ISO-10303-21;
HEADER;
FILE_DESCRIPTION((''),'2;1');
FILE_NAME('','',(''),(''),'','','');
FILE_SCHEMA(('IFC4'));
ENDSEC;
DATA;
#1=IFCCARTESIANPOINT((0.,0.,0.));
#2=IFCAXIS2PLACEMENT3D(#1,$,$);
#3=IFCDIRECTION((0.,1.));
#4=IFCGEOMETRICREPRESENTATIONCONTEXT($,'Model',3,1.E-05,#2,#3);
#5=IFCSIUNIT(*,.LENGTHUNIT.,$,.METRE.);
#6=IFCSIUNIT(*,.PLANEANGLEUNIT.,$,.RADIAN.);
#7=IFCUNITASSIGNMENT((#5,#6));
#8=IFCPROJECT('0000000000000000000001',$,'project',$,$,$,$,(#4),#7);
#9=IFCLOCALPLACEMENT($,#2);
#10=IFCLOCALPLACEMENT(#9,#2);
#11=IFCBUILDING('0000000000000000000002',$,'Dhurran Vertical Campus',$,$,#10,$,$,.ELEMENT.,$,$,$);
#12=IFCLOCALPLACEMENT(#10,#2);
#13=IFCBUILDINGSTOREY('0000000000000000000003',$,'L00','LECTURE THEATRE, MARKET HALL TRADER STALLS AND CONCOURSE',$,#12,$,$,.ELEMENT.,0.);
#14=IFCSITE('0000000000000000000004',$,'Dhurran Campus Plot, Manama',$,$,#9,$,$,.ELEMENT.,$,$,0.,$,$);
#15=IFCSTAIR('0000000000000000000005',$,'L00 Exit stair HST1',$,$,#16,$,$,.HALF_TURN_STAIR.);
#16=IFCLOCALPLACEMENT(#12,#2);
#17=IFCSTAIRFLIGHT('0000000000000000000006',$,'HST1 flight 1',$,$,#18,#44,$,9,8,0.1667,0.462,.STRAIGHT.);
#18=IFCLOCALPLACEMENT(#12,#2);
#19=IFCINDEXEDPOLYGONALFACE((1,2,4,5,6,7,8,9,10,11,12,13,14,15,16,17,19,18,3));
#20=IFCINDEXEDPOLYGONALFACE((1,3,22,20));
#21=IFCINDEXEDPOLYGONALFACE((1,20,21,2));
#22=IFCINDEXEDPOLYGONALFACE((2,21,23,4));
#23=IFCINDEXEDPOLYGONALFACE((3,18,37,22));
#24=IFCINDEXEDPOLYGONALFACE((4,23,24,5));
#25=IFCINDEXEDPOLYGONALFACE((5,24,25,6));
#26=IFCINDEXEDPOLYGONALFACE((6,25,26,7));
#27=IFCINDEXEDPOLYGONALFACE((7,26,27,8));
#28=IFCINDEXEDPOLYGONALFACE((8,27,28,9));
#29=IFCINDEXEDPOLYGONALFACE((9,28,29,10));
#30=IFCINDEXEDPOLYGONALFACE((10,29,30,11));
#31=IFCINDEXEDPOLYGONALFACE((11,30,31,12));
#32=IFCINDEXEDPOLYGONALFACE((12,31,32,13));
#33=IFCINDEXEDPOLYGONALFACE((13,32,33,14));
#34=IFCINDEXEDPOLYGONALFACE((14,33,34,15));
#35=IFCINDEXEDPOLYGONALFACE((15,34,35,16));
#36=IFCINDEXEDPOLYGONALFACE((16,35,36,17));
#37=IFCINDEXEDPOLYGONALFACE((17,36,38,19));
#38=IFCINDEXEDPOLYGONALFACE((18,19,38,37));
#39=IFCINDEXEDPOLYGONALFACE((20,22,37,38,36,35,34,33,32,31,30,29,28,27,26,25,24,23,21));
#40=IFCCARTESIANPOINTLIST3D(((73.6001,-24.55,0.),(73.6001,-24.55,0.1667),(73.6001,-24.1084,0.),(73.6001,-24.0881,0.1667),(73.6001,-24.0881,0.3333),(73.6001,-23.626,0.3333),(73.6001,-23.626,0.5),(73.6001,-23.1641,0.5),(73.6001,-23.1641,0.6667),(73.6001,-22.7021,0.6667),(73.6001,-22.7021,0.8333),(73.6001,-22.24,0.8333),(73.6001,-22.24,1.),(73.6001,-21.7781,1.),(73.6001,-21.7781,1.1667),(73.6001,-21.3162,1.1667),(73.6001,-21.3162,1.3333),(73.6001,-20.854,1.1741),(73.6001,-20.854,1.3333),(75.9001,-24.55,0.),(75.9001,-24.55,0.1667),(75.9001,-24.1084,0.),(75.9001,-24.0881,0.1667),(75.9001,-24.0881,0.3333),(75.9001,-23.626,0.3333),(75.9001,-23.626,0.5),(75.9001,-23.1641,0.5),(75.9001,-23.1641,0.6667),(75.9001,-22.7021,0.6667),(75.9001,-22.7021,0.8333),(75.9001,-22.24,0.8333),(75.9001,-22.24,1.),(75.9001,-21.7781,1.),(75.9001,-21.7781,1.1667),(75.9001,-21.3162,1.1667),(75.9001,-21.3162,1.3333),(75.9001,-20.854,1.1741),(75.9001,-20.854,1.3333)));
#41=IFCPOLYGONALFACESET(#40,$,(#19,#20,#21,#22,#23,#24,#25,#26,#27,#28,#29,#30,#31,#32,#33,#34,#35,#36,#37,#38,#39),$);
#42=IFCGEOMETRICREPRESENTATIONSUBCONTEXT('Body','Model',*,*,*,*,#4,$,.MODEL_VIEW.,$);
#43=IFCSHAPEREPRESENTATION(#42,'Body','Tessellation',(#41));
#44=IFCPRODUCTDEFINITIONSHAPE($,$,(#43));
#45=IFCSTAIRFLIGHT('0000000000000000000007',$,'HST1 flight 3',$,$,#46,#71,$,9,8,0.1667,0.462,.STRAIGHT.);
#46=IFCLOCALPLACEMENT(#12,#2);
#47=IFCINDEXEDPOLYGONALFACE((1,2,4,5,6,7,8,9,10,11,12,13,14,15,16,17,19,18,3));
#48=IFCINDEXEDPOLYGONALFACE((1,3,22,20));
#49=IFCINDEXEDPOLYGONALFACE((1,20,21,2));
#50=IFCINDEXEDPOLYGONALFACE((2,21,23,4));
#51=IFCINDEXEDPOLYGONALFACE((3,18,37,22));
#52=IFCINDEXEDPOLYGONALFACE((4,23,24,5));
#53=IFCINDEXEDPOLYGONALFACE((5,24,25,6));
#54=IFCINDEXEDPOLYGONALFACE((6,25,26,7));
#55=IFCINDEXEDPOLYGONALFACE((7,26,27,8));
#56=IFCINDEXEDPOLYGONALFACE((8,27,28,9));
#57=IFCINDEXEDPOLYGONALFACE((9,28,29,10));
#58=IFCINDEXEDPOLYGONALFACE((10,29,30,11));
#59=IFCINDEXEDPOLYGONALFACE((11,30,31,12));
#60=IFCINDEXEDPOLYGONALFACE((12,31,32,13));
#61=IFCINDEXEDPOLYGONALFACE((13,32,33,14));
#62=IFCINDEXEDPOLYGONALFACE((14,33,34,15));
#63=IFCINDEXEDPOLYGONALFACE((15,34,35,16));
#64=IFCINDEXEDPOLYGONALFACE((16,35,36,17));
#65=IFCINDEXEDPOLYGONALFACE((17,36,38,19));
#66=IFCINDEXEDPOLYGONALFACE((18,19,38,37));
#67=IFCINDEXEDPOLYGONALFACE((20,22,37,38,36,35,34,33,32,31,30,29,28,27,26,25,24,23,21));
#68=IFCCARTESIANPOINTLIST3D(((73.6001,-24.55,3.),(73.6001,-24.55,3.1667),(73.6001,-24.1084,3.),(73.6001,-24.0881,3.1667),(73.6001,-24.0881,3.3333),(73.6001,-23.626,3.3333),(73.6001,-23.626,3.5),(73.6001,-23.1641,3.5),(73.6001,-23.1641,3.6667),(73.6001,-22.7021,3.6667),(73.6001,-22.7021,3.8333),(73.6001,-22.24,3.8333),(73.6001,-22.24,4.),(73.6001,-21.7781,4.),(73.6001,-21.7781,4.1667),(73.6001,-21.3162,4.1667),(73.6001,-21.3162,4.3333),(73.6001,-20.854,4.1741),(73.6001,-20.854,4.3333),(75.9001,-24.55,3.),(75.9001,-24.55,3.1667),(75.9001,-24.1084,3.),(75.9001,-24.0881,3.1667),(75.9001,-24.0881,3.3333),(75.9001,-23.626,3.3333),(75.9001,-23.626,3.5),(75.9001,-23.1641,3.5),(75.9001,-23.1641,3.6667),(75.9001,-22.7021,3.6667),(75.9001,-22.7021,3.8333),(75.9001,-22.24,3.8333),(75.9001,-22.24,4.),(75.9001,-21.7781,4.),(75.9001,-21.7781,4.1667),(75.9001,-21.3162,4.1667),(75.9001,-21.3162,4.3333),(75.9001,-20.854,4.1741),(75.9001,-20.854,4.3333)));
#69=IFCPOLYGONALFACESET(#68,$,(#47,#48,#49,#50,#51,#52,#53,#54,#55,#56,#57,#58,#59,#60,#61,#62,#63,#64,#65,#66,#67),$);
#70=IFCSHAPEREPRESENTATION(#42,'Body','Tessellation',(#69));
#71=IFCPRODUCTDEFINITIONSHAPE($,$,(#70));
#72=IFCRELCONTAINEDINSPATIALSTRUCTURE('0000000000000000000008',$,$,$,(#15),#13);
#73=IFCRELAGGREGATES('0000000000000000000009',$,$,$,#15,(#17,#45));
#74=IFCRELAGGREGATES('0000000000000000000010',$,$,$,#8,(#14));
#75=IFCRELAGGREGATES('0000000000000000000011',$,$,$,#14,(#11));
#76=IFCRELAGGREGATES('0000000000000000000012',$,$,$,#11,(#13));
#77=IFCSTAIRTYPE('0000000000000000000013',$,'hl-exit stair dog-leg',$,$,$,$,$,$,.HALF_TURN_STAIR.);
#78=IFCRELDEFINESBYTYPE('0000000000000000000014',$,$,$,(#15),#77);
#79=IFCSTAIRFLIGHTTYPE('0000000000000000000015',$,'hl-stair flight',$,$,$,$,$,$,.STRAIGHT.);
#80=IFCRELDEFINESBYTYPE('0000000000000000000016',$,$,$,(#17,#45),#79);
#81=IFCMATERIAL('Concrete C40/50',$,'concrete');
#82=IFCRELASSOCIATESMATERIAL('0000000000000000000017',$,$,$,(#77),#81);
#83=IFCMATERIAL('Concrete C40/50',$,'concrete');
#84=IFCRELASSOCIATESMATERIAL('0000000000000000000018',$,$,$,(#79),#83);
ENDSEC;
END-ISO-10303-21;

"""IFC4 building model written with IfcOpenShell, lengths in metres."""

from ifc_helpers import new_model, si_unit, direction, frame, origin, place, context, subcontext, project, spatial, polyline, outline, extrude, material, type_object, element, aggregate, save


model = new_model("IFC4")

# Units and contexts
model_context = context("Model", 3, precision=1e-05, world=origin(), true_north=direction((0.0, 1.0)))
body_context = subcontext(model_context, "Body", "Model", "MODEL_VIEW")
ifc_project = project(units=[si_unit("LENGTHUNIT", "METRE"), si_unit("PLANEANGLEUNIT", "RADIAN")], contexts=[model_context])

# Site, building, storey
site_placement = place(None, origin())
site = spatial("IfcSite", under=ifc_project, at=site_placement, Name="Dhurran Campus Plot, Manama", CompositionType="ELEMENT", RefElevation=0.0)
building_placement = place(site_placement, origin())
building = spatial("IfcBuilding", under=site, at=building_placement, Name="Dhurran Vertical Campus", CompositionType="ELEMENT")
storey_placement = place(building_placement, origin())
storey = spatial("IfcBuildingStorey", under=building, at=storey_placement, Name="L00", Description="LECTURE THEATRE, MARKET HALL TRADER STALLS AND CONCOURSE", CompositionType="ELEMENT", Elevation=0.0)

# Stair, stair flights
ifc_material_1 = material(Name="Concrete C40/50", Category="concrete")
stair_type = type_object("IfcStairType", Name="hl-exit stair dog-leg", PredefinedType="HALF_TURN_STAIR", material=ifc_material_1)
stair_placement = place(storey_placement, origin())
stair = element("IfcStair", 1, at=stair_placement, inside=storey, type_object=stair_type, Name="L00 Exit stair HST1", PredefinedType="HALF_TURN_STAIR")
ifc_material_2 = material(Name="Concrete C40/50", Category="concrete")
stair_flight_type = type_object("IfcStairFlightType", Name="hl-stair flight", PredefinedType="STRAIGHT", material=ifc_material_2)
stair_flight_1_placement = place(storey_placement, frame((74.75, -24.55, 0.0), z_axis=(0.0, 0.0, 1.0), x_axis=(0.0, 1.0, 0.0)))
stair_flight_1 = element("IfcStairFlight", 2, at=stair_flight_1_placement, type_object=stair_flight_type, Name="HST1 flight 1", NumberOfRisers=9, NumberOfTreads=8, PredefinedType="STRAIGHT", RiserHeight=0.1667, TreadLength=0.462, context=body_context, shape_type="SweptSolid", body=[
    extrude(outline(polyline([(0.0, 0.0), (0.0, 0.1667), (0.4619, 0.1667), (0.4619, 0.3333), (0.9241, 0.3333), (0.9241, 0.5), (1.386, 0.5), (1.386, 0.6667), (1.8479, 0.6667), (1.8479, 0.8333), (2.3101, 0.8333), (2.3101, 1.0), (2.772, 1.0), (2.772, 1.1667), (3.2339, 1.1667), (3.2339, 1.3333), (3.696, 1.3333), (3.696, 1.5), (3.696, 1.1741), (0.4417, 0.0), (0.0, 0.0)])), frame((0.0, 1.1499, 0.0), z_axis=(0.0, -1.0, 0.0), x_axis=(1.0, 0.0, 0.0)), (0.0, 0.0, 1.0), 2.3),
])
stair_flight_2_placement = place(storey_placement, frame((74.75, -24.55, 3.0), z_axis=(0.0, 0.0, 1.0), x_axis=(0.0, 1.0, 0.0)))
stair_flight_2 = element("IfcStairFlight", 3, at=stair_flight_2_placement, type_object=stair_flight_type, Name="HST1 flight 3", NumberOfRisers=9, NumberOfTreads=8, PredefinedType="STRAIGHT", RiserHeight=0.1667, TreadLength=0.462, context=body_context, shape_type="SweptSolid", body=[
    extrude(outline(polyline([(0.0, 0.0), (0.0, 0.1667), (0.4619, 0.1667), (0.4619, 0.3333), (0.9241, 0.3333), (0.9241, 0.5), (1.386, 0.5), (1.386, 0.6667), (1.8479, 0.6667), (1.8479, 0.8333), (2.3101, 0.8333), (2.3101, 1.0), (2.772, 1.0), (2.772, 1.1667), (3.2339, 1.1667), (3.2339, 1.3333), (3.696, 1.3333), (3.696, 1.5), (3.696, 1.1741), (0.4417, 0.0), (0.0, 0.0)])), frame((0.0, 1.1499, 0.0), z_axis=(0.0, -1.0, 0.0), x_axis=(1.0, 0.0, 0.0)), (0.0, 0.0, 1.0), 2.3),
])
aggregate(stair, [stair_flight_1, stair_flight_2])

save(model, "model.ifc")
